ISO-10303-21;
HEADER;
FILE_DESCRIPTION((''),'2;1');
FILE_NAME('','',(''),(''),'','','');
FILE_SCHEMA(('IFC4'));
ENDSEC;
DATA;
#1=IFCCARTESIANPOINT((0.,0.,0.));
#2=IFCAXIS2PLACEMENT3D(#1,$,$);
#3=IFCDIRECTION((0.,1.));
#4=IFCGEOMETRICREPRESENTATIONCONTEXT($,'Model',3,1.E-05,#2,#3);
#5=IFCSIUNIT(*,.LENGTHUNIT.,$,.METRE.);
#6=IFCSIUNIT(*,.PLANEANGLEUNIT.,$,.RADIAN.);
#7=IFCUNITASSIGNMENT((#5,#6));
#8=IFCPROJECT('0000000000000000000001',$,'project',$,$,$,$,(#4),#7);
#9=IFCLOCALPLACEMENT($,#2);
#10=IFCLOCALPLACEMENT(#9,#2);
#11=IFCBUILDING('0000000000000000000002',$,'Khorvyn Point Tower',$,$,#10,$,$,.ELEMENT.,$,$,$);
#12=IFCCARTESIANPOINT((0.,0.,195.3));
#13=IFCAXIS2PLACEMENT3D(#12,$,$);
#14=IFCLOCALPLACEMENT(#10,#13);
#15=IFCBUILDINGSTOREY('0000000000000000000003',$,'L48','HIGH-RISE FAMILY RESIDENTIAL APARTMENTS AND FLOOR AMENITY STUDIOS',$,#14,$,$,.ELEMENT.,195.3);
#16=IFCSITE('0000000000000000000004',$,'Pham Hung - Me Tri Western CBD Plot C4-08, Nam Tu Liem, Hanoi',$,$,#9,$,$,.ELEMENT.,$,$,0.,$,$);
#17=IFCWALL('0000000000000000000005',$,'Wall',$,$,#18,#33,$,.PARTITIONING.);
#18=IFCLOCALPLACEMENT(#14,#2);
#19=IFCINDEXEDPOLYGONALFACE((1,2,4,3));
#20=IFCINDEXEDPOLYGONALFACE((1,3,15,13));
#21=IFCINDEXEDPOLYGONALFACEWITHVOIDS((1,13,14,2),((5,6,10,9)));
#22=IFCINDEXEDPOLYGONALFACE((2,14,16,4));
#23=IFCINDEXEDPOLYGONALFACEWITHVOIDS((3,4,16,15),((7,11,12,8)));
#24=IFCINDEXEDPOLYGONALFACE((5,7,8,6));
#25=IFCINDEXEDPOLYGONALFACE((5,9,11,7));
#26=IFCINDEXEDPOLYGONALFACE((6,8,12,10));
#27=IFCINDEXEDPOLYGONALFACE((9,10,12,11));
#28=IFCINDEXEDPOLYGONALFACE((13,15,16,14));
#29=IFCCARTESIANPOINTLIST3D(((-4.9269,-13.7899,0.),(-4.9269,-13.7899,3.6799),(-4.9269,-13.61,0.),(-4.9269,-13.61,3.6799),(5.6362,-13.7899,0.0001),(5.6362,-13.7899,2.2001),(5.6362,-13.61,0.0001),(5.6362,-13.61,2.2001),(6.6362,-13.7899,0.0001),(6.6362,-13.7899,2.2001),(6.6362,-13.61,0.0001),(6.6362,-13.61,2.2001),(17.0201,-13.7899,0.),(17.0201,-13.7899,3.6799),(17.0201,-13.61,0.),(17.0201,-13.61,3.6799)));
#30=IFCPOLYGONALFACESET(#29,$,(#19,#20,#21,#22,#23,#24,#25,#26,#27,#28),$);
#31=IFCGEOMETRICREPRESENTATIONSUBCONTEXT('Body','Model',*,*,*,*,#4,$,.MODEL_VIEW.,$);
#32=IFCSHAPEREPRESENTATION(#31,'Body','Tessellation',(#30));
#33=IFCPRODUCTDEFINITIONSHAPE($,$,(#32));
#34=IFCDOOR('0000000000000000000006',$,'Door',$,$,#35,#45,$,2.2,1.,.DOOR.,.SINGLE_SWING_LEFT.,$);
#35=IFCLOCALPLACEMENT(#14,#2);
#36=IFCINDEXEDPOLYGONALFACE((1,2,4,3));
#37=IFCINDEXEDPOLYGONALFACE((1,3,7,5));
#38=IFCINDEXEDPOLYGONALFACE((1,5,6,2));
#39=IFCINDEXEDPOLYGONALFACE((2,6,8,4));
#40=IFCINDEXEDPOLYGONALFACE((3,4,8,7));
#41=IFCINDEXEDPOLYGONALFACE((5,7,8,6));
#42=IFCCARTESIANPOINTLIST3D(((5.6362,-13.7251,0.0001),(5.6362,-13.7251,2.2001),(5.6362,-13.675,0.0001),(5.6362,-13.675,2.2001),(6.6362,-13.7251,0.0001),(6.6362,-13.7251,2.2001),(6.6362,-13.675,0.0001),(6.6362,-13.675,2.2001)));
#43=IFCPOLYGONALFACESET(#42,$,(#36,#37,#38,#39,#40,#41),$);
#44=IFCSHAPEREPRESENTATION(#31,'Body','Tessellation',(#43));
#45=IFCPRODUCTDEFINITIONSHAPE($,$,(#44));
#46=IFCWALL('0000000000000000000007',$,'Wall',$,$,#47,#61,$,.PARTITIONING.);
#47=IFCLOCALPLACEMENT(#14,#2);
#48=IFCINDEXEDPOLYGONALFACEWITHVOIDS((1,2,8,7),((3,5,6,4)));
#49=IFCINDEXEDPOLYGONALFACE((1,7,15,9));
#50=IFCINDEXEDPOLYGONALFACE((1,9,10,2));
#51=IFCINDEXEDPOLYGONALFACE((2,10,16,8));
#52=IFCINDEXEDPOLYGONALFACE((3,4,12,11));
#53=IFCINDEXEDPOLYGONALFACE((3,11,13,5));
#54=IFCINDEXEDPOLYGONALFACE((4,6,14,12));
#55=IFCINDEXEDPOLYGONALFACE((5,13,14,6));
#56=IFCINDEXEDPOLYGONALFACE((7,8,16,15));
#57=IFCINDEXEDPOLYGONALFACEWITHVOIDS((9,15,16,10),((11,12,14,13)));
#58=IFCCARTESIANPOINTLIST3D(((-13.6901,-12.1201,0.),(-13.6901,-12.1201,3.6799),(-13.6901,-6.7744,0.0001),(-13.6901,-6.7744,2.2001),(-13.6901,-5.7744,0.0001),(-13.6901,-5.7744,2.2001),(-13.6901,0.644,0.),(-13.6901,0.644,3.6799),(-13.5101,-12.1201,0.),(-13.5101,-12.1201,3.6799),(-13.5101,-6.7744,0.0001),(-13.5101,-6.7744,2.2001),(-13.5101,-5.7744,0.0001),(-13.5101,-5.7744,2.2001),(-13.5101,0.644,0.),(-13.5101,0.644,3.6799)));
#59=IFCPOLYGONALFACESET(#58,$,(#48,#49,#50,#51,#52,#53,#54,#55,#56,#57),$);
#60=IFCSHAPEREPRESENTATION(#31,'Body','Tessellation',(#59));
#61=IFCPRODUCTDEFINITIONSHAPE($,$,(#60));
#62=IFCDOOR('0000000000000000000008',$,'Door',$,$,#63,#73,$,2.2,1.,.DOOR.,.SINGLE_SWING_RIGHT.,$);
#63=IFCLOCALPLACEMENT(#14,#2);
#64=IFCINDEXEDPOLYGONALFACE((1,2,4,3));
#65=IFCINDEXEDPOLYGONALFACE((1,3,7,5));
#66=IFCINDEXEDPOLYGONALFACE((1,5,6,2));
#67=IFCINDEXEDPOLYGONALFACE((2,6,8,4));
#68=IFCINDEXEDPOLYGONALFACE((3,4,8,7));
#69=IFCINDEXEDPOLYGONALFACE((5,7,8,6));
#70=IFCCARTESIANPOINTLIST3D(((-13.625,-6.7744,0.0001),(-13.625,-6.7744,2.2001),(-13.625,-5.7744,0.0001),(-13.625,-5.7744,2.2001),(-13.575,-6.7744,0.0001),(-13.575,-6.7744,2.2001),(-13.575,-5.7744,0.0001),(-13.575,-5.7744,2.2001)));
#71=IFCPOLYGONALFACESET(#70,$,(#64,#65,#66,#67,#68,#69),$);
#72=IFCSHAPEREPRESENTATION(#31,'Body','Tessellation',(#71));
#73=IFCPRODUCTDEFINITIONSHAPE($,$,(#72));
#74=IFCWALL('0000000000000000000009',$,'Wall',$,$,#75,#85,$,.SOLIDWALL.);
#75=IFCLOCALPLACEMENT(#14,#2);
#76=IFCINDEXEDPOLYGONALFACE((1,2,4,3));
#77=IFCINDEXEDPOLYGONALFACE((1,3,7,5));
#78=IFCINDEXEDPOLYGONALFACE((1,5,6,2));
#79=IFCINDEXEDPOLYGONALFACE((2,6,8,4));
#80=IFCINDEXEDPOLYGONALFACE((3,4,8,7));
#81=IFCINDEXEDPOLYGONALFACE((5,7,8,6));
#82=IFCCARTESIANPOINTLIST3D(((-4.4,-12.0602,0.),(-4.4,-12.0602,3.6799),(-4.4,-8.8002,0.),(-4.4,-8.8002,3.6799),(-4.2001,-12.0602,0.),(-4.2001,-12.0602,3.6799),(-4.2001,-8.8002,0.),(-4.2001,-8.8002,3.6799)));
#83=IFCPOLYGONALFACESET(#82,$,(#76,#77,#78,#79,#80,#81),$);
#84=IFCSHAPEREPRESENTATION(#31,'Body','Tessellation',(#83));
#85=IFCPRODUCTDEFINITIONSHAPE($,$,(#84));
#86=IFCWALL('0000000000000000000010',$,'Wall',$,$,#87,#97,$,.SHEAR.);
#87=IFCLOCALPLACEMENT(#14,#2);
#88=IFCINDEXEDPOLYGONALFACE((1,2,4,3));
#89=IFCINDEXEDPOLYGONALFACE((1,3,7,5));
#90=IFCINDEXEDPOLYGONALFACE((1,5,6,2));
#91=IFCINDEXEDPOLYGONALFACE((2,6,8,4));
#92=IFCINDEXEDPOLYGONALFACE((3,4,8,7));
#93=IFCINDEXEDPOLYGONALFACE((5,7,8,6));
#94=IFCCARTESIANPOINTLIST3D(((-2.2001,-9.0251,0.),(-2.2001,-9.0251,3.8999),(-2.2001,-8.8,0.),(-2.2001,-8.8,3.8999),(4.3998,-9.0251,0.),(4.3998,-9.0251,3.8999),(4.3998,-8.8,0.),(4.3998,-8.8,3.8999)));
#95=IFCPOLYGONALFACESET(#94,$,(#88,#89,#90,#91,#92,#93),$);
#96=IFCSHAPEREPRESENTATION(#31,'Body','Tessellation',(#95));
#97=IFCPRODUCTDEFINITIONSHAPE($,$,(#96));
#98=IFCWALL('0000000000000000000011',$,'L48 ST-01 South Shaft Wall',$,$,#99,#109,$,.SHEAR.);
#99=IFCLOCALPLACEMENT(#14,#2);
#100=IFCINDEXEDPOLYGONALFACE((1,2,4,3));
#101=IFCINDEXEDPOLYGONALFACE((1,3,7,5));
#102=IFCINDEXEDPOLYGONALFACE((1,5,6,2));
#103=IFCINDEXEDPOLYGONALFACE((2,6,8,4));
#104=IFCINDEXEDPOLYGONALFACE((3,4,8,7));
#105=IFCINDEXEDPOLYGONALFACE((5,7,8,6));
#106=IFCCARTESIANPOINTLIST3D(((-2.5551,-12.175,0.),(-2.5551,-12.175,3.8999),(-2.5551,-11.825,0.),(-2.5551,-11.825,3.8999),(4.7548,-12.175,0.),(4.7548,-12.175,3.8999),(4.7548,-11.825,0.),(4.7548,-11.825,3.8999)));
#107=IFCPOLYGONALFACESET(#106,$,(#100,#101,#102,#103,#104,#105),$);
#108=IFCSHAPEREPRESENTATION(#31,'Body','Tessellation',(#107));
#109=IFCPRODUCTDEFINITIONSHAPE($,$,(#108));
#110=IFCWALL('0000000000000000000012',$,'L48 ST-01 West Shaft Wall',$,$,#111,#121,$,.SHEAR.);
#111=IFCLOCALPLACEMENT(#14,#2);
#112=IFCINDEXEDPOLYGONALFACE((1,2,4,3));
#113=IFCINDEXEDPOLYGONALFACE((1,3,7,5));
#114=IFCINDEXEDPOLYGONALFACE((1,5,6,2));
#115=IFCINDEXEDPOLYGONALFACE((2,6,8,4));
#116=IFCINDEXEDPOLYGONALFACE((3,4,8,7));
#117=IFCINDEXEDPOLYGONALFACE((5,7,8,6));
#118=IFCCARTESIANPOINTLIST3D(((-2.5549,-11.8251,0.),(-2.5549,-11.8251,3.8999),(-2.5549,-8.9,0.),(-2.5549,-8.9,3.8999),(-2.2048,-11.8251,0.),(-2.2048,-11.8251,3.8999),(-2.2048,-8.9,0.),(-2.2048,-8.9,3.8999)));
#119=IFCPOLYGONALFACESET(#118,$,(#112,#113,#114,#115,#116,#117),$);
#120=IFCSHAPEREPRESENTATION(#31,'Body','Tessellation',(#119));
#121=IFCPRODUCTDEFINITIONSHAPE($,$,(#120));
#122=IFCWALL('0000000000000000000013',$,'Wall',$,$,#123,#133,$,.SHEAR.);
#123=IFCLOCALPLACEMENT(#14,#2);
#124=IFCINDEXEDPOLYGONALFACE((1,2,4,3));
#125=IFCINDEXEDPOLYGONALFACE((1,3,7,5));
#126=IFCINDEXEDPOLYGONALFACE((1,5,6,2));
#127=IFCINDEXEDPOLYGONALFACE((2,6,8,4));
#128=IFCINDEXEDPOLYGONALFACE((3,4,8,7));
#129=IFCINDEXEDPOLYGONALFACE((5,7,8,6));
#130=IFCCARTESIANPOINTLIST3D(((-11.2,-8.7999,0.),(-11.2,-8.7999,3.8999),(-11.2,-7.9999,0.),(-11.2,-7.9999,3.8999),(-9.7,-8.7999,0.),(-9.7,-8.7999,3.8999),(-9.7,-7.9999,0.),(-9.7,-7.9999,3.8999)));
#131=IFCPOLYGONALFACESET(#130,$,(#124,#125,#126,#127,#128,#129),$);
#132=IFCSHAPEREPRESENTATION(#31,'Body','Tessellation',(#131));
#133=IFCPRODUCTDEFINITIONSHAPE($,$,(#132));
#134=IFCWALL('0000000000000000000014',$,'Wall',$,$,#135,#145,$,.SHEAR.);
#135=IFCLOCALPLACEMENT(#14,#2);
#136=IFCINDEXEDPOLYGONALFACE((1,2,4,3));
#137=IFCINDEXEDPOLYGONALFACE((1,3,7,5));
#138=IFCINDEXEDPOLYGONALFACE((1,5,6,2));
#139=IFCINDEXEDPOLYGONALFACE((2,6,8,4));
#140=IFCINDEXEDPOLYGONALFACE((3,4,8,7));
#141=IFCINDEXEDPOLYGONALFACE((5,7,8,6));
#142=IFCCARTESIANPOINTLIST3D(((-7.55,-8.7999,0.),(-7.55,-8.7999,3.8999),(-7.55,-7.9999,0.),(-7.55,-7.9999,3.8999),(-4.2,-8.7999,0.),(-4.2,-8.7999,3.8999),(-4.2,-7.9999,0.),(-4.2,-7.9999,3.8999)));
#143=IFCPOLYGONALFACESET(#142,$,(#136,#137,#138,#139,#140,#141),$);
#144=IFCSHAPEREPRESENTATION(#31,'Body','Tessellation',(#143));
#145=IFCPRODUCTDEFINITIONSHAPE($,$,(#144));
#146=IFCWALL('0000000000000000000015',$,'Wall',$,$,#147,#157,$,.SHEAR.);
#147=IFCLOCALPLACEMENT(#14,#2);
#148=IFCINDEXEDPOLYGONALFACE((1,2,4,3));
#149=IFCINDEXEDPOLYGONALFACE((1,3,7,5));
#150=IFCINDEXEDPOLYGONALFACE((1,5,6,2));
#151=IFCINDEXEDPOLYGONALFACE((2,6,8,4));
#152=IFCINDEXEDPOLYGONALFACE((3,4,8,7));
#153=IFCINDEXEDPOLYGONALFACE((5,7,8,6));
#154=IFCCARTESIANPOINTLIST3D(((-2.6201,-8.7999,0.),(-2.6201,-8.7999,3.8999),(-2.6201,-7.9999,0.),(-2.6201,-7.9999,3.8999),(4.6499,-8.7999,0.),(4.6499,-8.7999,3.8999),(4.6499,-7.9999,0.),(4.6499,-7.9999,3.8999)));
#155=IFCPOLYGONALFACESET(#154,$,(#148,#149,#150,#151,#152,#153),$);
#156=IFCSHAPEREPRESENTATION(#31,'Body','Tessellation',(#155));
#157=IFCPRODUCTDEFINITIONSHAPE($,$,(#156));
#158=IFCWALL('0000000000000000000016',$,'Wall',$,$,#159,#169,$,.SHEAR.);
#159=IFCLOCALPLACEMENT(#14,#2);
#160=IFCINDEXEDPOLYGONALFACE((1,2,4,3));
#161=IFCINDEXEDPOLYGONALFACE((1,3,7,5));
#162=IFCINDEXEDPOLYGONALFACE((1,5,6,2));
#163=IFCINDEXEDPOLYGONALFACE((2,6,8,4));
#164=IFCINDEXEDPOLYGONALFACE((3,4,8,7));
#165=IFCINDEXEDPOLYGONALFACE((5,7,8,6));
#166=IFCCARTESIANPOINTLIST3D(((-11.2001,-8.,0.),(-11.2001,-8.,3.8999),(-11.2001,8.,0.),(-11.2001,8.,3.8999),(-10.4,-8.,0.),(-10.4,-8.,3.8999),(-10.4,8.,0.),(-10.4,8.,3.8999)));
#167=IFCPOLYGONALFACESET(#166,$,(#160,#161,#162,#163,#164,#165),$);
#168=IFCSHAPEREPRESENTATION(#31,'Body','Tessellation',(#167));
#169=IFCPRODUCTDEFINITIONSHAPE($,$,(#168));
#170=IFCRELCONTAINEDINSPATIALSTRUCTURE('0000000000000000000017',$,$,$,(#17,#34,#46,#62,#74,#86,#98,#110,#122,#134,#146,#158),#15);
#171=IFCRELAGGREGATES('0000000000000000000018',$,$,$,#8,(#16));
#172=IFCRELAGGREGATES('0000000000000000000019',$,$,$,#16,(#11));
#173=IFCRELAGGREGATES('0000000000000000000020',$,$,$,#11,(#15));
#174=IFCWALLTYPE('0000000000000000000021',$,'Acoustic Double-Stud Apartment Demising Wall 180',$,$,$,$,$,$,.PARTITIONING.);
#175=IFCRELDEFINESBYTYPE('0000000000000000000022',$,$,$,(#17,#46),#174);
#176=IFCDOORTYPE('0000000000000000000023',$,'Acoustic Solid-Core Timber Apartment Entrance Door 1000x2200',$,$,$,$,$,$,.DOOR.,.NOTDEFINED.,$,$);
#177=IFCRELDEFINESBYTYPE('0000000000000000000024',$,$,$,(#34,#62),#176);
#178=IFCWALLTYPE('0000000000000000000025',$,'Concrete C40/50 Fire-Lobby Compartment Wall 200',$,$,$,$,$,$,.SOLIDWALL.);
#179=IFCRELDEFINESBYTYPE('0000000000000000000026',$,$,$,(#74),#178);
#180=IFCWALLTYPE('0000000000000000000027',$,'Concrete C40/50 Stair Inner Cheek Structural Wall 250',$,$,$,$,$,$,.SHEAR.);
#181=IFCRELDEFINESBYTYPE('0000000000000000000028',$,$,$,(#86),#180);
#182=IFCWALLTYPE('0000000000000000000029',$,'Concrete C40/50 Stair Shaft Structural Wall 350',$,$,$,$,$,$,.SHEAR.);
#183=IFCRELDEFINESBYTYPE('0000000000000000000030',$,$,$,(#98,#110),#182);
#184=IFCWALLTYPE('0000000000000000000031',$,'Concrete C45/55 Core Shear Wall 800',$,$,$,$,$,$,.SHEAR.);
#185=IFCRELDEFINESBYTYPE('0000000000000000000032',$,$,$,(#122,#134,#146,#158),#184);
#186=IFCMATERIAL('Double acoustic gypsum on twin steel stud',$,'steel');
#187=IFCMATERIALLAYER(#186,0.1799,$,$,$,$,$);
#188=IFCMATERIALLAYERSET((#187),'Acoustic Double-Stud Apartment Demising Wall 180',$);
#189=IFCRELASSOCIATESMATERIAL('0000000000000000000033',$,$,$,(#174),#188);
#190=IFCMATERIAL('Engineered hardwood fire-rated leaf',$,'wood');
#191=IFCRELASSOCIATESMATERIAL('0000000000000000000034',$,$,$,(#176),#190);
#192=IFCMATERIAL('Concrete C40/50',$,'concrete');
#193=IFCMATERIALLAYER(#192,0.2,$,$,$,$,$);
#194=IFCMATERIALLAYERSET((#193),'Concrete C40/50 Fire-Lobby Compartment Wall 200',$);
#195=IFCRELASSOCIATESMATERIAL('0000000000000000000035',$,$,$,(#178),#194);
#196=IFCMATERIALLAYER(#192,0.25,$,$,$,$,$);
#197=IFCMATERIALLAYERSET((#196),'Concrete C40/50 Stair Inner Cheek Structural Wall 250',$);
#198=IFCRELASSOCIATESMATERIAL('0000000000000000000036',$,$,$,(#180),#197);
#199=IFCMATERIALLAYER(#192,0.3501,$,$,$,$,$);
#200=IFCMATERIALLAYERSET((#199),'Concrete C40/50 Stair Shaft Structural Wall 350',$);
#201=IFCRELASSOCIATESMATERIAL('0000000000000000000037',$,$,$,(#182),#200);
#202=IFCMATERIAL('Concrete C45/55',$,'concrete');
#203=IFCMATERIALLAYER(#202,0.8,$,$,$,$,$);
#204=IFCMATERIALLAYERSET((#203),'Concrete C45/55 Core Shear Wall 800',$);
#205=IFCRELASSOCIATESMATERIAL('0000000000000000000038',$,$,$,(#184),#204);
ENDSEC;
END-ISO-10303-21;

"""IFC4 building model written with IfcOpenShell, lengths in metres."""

from ifc_helpers import new_model, si_unit, direction, frame, frame_2d, origin, place, context, subcontext, project, spatial, rectangle, extrude, material, layer, layer_set, type_object, element, fill, save


model = new_model("IFC4")

# Units and contexts
model_context = context("Model", 3, precision=1e-05, world=origin(), true_north=direction((0.0, 1.0)))
body_context = subcontext(model_context, "Body", "Model", "MODEL_VIEW")
ifc_project = project(units=[si_unit("LENGTHUNIT", "METRE"), si_unit("PLANEANGLEUNIT", "RADIAN")], contexts=[model_context])

# Site, building, storey
site_placement = place(None, origin())
site = spatial("IfcSite", under=ifc_project, at=site_placement, Name="Pham Hung - Me Tri Western CBD Plot C4-08, Nam Tu Liem, Hanoi", CompositionType="ELEMENT", RefElevation=0.0)
building_placement = place(site_placement, origin())
building = spatial("IfcBuilding", under=site, at=building_placement, Name="Khorvyn Point Tower", CompositionType="ELEMENT")
storey_placement = place(building_placement, frame((0.0, 0.0, 195.3)))
storey = spatial("IfcBuildingStorey", under=building, at=storey_placement, Name="L48", Description="HIGH-RISE FAMILY RESIDENTIAL APARTMENTS AND FLOOR AMENITY STUDIOS", CompositionType="ELEMENT", Elevation=195.3)

# Shared definitions
ifc_material_1 = material(Name="Concrete C45/55", Category="concrete")

# Walls, openings, doors
ifc_material_2 = material(Name="Double acoustic gypsum on twin steel stud", Category="steel")
ifc_layer_1 = layer(ifc_material_2, 0.1799)
ifc_layer_set_1 = layer_set([ifc_layer_1], Name="Acoustic Double-Stud Apartment Demising Wall 180")
wall_type_1 = type_object("IfcWallType", Name="Acoustic Double-Stud Apartment Demising Wall 180", PredefinedType="PARTITIONING", material=ifc_layer_set_1)
wall_1_placement = place(storey_placement, frame((-4.927, -13.7, 0.0), z_axis=(0.0, 0.0, 1.0), x_axis=(1.0, 0.0, 0.0)))
wall_1 = element("IfcWall", 1, at=wall_1_placement, inside=storey, type_object=wall_type_1, Name="Wall", PredefinedType="PARTITIONING", context=body_context, shape_type="SweptSolid", body=[
    extrude(rectangle(XDim=21.947, YDim=0.1799, at=frame_2d((10.9736, 0.0))), origin(), (0.0, 0.0, 1.0), 3.6799),
])
opening_1_placement = place(wall_1_placement, frame((10.5632, 0.0, 0.0)))
opening_1 = element("IfcOpeningElement", 2, at=opening_1_placement, cuts=wall_1, PredefinedType="OPENING", context=body_context, shape_type="SweptSolid", body=[
    extrude(rectangle(XDim=1.0, YDim=2.2, at=frame_2d((0.5, 1.1001))), frame((0.0, 0.0999, 0.0), z_axis=(0.0, -1.0, 0.0), x_axis=(1.0, 0.0, 0.0)), (0.0, 0.0, 1.0), 0.2),
])
ifc_material_3 = material(Name="Engineered hardwood fire-rated leaf", Category="wood")
door_type_1 = type_object("IfcDoorType", Name="Acoustic Solid-Core Timber Apartment Entrance Door 1000x2200", OperationType="NOTDEFINED", PredefinedType="DOOR", material=ifc_material_3)
door_1_placement = place(opening_1_placement, origin())
door_1 = element("IfcDoor", 3, at=door_1_placement, inside=storey, type_object=door_type_1, Name="Door", OperationType="SINGLE_SWING_LEFT", OverallHeight=2.2, OverallWidth=1.0, PredefinedType="DOOR", context=body_context, shape_type="SweptSolid", body=[
    extrude(rectangle(XDim=1.0, YDim=2.2, at=frame_2d((0.5, 1.1001))), frame((0.0, 0.0249, 0.0), z_axis=(0.0, -1.0, 0.0), x_axis=(1.0, 0.0, 0.0)), (0.0, 0.0, 1.0), 0.05),
])
fill(opening_1, door_1)
wall_2_placement = place(storey_placement, frame((-13.6001, -12.1201, 0.0), z_axis=(0.0, 0.0, 1.0), x_axis=(0.0, 1.0, 0.0)))
wall_2 = element("IfcWall", 4, at=wall_2_placement, inside=storey, type_object=wall_type_1, Name="Wall", PredefinedType="PARTITIONING", context=body_context, shape_type="SweptSolid", body=[
    extrude(rectangle(XDim=12.7642, YDim=0.1799, at=frame_2d((6.3821, 0.0))), origin(), (0.0, 0.0, 1.0), 3.6799),
])
opening_2_placement = place(wall_2_placement, frame((5.3457, 0.0, 0.0)))
opening_2 = element("IfcOpeningElement", 5, at=opening_2_placement, cuts=wall_2, PredefinedType="OPENING", context=body_context, shape_type="SweptSolid", body=[
    extrude(rectangle(XDim=1.0, YDim=2.2, at=frame_2d((0.5, 1.1001))), frame((0.0, 0.0999, 0.0), z_axis=(0.0, -1.0, 0.0), x_axis=(1.0, 0.0, 0.0)), (0.0, 0.0, 1.0), 0.2),
])
door_2_placement = place(opening_2_placement, origin())
door_2 = element("IfcDoor", 6, at=door_2_placement, inside=storey, type_object=door_type_1, Name="Door", OperationType="SINGLE_SWING_RIGHT", OverallHeight=2.2, OverallWidth=1.0, PredefinedType="DOOR", context=body_context, shape_type="SweptSolid", body=[
    extrude(rectangle(XDim=1.0, YDim=2.2, at=frame_2d((0.5, 1.1001))), frame((0.0, 0.0249, 0.0), z_axis=(0.0, -1.0, 0.0), x_axis=(1.0, 0.0, 0.0)), (0.0, 0.0, 1.0), 0.05),
])
fill(opening_2, door_2)
ifc_material_4 = material(Name="Concrete C40/50", Category="concrete")
ifc_layer_2 = layer(ifc_material_4, 0.2)
ifc_layer_set_2 = layer_set([ifc_layer_2], Name="Concrete C40/50 Fire-Lobby Compartment Wall 200")
wall_type_2 = type_object("IfcWallType", Name="Concrete C40/50 Fire-Lobby Compartment Wall 200", PredefinedType="SOLIDWALL", material=ifc_layer_set_2)

# Walls
wall_3_placement = place(storey_placement, frame((-4.3, -12.0601, 0.0), z_axis=(0.0, 0.0, 1.0), x_axis=(0.0, 1.0, 0.0)))
element("IfcWall", 7, at=wall_3_placement, inside=storey, type_object=wall_type_2, Name="Wall", PredefinedType="SOLIDWALL", context=body_context, shape_type="SweptSolid", body=[
    extrude(rectangle(XDim=3.26, YDim=0.2, at=frame_2d((1.6299, 0.0))), origin(), (0.0, 0.0, 1.0), 3.6799),
])
ifc_layer_3 = layer(ifc_material_4, 0.25)
ifc_layer_set_3 = layer_set([ifc_layer_3], Name="Concrete C40/50 Stair Inner Cheek Structural Wall 250")
wall_type_3 = type_object("IfcWallType", Name="Concrete C40/50 Stair Inner Cheek Structural Wall 250", PredefinedType="SHEAR", material=ifc_layer_set_3)
wall_4_placement = place(storey_placement, frame((-2.2, -8.9126, 0.0), z_axis=(0.0, 0.0, 1.0), x_axis=(1.0, 0.0, 0.0)))
element("IfcWall", 8, at=wall_4_placement, inside=storey, type_object=wall_type_3, Name="Wall", PredefinedType="SHEAR", context=body_context, shape_type="SweptSolid", body=[
    extrude(rectangle(XDim=6.5999, YDim=0.2251, at=frame_2d((3.2998, 0.0))), origin(), (0.0, 0.0, 1.0), 3.8999),
])
ifc_layer_4 = layer(ifc_material_4, 0.3501)
ifc_layer_set_4 = layer_set([ifc_layer_4], Name="Concrete C40/50 Stair Shaft Structural Wall 350")
wall_type_4 = type_object("IfcWallType", Name="Concrete C40/50 Stair Shaft Structural Wall 350", PredefinedType="SHEAR", material=ifc_layer_set_4)
wall_5_placement = place(storey_placement, frame((-2.5549, -12.0, 0.0), z_axis=(0.0, 0.0, 1.0), x_axis=(1.0, 0.0, 0.0)))
element("IfcWall", 9, at=wall_5_placement, inside=storey, type_object=wall_type_4, Name="L48 ST-01 South Shaft Wall", PredefinedType="SHEAR", context=body_context, shape_type="SweptSolid", body=[
    extrude(rectangle(XDim=7.3098, YDim=0.3501, at=frame_2d((3.6548, 0.0))), origin(), (0.0, 0.0, 1.0), 3.8999),
])
wall_6_placement = place(storey_placement, frame((-2.3799, -11.825, 0.0), z_axis=(0.0, 0.0, 1.0), x_axis=(0.0, 1.0, 0.0)))
element("IfcWall", 10, at=wall_6_placement, inside=storey, type_object=wall_type_4, Name="L48 ST-01 West Shaft Wall", PredefinedType="SHEAR", context=body_context, shape_type="SweptSolid", body=[
    extrude(rectangle(XDim=2.925, YDim=0.3501, at=frame_2d((1.4624, 0.0))), origin(), (0.0, 0.0, 1.0), 3.8999),
])
ifc_layer_5 = layer(ifc_material_1, 0.8)
ifc_layer_set_5 = layer_set([ifc_layer_5], Name="Concrete C45/55 Core Shear Wall 800")
wall_type_5 = type_object("IfcWallType", Name="Concrete C45/55 Core Shear Wall 800", PredefinedType="SHEAR", material=ifc_layer_set_5)
wall_7_placement = place(storey_placement, frame((-11.2, -8.3999, 0.0), z_axis=(0.0, 0.0, 1.0), x_axis=(1.0, 0.0, 0.0)))
element("IfcWall", 11, at=wall_7_placement, inside=storey, type_object=wall_type_5, Name="Wall", PredefinedType="SHEAR", context=body_context, shape_type="SweptSolid", body=[
    extrude(rectangle(XDim=1.5, YDim=0.8, at=frame_2d((0.75, 0.0))), origin(), (0.0, 0.0, 1.0), 3.8999),
])
wall_8_placement = place(storey_placement, frame((-7.55, -8.3999, 0.0), z_axis=(0.0, 0.0, 1.0), x_axis=(1.0, 0.0, 0.0)))
element("IfcWall", 12, at=wall_8_placement, inside=storey, type_object=wall_type_5, Name="Wall", PredefinedType="SHEAR", context=body_context, shape_type="SweptSolid", body=[
    extrude(rectangle(XDim=3.3501, YDim=0.8, at=frame_2d((1.675, 0.0))), origin(), (0.0, 0.0, 1.0), 3.8999),
])
wall_9_placement = place(storey_placement, frame((-2.6201, -8.3999, 0.0), z_axis=(0.0, 0.0, 1.0), x_axis=(1.0, 0.0, 0.0)))
element("IfcWall", 13, at=wall_9_placement, inside=storey, type_object=wall_type_5, Name="Wall", PredefinedType="SHEAR", context=body_context, shape_type="SweptSolid", body=[
    extrude(rectangle(XDim=7.27, YDim=0.8, at=frame_2d((3.635, 0.0))), origin(), (0.0, 0.0, 1.0), 3.8999),
])
wall_10_placement = place(storey_placement, frame((-10.8, -8.0, 0.0), z_axis=(0.0, 0.0, 1.0), x_axis=(0.0, 1.0, 0.0)))
element("IfcWall", 14, at=wall_10_placement, inside=storey, type_object=wall_type_5, Name="Wall", PredefinedType="SHEAR", context=body_context, shape_type="SweptSolid", body=[
    extrude(rectangle(XDim=16.0, YDim=0.8, at=frame_2d((8.0, 0.0))), origin(), (0.0, 0.0, 1.0), 3.8999),
])

save(model, "model.ifc")
